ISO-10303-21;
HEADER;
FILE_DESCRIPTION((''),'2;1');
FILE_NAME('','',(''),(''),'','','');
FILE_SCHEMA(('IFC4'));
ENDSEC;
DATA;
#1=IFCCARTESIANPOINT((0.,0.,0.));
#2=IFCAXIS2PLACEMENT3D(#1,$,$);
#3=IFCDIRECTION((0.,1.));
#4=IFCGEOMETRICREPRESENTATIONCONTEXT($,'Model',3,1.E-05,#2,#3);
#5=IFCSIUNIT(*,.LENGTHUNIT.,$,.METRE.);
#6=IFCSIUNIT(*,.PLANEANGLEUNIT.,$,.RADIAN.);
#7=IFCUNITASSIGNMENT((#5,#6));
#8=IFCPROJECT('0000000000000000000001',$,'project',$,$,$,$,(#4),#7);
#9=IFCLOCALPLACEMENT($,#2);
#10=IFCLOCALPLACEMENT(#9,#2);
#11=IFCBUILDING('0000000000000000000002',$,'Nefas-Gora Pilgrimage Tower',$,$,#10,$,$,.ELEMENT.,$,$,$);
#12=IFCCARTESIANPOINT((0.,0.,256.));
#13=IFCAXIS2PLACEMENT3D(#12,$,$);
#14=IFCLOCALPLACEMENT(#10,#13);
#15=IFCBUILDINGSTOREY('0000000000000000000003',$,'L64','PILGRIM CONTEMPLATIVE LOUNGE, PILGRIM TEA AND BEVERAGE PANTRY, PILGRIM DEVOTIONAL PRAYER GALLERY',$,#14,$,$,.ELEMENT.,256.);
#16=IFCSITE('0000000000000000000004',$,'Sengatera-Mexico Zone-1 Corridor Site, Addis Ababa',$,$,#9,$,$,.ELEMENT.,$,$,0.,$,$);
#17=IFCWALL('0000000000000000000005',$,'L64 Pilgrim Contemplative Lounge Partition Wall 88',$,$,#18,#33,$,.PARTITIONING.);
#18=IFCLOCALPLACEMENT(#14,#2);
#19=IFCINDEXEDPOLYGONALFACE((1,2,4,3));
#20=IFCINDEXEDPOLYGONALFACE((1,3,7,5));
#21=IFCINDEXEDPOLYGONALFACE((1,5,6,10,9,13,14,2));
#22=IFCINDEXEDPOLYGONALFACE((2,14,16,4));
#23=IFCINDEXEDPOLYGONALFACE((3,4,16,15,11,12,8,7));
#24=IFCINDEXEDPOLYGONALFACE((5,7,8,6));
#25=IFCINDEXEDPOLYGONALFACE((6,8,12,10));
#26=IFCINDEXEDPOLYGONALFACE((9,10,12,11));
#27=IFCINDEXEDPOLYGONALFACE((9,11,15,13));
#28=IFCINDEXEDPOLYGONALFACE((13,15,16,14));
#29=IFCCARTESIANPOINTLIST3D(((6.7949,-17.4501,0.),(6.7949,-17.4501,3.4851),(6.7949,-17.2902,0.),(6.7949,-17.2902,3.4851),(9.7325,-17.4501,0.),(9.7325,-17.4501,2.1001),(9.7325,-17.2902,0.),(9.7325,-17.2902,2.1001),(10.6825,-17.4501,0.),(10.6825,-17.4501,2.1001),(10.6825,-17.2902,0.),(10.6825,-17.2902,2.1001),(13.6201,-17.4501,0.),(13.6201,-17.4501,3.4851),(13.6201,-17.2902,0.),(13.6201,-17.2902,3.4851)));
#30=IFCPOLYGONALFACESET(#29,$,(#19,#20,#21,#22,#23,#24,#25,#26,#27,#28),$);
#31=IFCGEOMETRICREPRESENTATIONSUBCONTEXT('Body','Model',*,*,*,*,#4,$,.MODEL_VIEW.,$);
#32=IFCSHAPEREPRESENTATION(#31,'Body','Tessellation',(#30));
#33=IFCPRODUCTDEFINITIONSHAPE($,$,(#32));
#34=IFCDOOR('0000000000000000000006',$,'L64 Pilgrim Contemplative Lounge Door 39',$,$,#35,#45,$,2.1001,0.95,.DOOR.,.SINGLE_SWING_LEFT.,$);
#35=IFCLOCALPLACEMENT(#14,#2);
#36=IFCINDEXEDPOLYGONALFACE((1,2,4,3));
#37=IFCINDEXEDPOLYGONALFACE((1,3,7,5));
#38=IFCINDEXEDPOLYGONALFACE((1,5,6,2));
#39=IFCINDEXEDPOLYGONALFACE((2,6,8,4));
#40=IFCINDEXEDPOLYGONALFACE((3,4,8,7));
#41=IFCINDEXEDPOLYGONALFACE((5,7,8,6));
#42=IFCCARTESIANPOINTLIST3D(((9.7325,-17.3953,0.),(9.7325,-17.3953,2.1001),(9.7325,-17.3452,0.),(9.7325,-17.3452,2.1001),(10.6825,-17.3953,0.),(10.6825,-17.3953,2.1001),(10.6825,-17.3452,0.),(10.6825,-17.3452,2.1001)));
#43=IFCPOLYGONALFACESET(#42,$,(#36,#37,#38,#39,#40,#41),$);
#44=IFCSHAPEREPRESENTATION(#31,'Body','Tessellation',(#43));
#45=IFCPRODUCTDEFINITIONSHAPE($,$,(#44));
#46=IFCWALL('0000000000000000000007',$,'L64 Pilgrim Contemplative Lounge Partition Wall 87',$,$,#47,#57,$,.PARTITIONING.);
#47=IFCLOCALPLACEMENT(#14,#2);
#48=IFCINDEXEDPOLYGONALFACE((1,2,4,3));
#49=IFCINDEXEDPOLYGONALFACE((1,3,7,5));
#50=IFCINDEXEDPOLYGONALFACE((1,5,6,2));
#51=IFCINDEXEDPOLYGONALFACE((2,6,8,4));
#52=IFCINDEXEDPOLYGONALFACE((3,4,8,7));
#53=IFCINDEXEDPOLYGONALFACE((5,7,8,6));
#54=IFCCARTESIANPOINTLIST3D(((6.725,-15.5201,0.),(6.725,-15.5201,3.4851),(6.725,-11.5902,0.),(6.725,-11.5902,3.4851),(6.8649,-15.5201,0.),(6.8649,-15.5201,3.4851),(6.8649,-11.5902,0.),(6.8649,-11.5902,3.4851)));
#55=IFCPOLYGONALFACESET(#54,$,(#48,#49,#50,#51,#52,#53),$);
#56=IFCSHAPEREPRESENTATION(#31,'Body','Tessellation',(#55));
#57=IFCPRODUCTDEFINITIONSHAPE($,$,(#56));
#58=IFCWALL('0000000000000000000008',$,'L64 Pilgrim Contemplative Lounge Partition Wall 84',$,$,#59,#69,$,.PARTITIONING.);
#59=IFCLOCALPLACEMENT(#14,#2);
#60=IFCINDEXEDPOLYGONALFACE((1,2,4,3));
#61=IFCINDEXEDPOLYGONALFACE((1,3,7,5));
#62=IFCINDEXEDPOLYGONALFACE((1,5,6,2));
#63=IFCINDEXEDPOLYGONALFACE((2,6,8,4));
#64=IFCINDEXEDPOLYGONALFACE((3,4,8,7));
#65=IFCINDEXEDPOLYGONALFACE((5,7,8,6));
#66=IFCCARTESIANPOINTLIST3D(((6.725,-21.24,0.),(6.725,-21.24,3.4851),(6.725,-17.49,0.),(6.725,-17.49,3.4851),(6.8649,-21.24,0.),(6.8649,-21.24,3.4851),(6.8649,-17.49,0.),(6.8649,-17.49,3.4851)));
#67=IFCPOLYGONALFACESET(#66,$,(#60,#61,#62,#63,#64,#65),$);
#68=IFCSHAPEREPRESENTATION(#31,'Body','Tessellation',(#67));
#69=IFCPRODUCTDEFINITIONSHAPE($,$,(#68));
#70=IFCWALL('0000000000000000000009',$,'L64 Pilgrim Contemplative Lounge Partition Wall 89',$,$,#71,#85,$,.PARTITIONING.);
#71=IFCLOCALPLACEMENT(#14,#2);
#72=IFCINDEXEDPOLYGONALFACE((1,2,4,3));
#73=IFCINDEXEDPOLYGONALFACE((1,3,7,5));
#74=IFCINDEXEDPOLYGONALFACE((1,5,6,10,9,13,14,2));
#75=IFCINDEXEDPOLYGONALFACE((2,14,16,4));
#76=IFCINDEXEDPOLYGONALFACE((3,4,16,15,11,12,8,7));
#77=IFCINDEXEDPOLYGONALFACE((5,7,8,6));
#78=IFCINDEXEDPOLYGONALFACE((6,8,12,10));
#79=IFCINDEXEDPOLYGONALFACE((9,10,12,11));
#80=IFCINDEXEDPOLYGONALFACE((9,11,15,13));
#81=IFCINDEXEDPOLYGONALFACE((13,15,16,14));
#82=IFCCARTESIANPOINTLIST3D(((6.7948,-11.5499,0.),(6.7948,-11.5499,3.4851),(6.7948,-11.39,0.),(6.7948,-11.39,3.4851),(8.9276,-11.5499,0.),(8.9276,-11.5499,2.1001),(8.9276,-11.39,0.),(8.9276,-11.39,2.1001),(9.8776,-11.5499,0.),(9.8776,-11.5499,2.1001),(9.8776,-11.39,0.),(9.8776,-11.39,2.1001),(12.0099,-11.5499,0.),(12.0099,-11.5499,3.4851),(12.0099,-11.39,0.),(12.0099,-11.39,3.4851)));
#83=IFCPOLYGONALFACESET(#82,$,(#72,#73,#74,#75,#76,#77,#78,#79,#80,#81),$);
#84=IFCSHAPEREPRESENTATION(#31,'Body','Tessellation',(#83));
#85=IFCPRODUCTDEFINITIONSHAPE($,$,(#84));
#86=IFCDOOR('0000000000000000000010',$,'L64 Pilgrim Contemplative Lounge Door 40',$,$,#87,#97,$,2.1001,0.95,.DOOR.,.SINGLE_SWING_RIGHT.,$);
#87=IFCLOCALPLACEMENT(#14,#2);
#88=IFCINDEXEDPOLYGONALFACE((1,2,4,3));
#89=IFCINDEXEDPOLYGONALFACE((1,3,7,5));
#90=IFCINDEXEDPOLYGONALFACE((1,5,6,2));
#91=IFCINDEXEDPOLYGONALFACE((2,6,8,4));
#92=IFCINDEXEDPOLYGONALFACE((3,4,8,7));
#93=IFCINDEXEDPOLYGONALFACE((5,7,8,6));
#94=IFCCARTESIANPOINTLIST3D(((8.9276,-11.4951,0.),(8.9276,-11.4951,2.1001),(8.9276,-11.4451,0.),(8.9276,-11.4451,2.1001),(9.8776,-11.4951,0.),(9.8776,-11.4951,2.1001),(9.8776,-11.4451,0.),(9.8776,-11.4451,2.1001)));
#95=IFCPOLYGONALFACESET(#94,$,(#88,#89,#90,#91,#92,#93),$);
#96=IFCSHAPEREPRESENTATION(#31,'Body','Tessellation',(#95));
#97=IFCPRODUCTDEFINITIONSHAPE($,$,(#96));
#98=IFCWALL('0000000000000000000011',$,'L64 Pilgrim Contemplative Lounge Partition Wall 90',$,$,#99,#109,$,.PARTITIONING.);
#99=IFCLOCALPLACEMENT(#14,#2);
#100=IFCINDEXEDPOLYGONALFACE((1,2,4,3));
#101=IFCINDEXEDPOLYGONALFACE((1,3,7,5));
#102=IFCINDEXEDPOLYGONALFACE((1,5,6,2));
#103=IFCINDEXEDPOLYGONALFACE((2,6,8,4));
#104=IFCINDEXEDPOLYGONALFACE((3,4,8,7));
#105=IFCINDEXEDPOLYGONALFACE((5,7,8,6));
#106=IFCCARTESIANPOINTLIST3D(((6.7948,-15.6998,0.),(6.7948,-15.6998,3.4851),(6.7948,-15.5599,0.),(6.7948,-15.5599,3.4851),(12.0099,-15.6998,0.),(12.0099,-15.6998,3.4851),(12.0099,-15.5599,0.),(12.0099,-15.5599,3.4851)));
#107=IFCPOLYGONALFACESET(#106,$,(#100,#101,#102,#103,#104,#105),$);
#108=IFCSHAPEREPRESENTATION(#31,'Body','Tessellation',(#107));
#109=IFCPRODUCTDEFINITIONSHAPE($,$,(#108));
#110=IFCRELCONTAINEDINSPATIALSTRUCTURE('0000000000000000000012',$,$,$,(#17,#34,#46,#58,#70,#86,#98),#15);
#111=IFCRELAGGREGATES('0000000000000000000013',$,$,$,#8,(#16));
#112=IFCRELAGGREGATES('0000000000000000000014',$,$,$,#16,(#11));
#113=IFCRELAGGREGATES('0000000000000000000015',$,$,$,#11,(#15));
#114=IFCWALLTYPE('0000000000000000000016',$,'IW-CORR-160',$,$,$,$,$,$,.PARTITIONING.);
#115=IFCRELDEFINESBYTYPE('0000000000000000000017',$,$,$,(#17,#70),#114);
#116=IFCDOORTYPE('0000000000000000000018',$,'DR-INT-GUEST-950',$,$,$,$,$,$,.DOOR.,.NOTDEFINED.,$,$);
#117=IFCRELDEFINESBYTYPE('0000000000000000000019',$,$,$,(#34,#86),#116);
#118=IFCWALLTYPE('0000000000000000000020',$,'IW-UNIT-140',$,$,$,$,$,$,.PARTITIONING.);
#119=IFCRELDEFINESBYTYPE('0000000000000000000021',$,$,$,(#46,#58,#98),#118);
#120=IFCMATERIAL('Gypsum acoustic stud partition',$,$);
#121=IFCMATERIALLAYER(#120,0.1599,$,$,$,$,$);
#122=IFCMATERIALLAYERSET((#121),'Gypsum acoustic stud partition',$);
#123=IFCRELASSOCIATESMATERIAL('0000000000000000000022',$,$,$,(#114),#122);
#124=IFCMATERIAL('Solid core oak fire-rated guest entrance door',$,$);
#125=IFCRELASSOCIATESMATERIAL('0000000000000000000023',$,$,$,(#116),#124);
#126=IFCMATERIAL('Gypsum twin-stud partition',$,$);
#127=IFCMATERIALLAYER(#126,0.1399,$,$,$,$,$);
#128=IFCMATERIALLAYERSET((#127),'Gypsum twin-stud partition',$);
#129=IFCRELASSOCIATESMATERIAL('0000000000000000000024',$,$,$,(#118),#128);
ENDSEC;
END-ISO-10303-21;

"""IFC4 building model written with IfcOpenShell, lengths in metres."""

from ifc_helpers import new_model, si_unit, direction, frame, frame_2d, origin, place, context, subcontext, project, spatial, rectangle, extrude, source, transform, mapped, material, layer, layer_set, type_object, element, fill, save


model = new_model("IFC4")

# Units and contexts
model_context = context("Model", 3, precision=1e-05, world=origin(), true_north=direction((0.0, 1.0)))
body_context = subcontext(model_context, "Body", "Model", "MODEL_VIEW")
ifc_project = project(units=[si_unit("LENGTHUNIT", "METRE"), si_unit("PLANEANGLEUNIT", "RADIAN")], contexts=[model_context])

# Site, building, storey
site_placement = place(None, origin())
site = spatial("IfcSite", under=ifc_project, at=site_placement, Name="Sengatera-Mexico Zone-1 Corridor Site, Addis Ababa", CompositionType="ELEMENT", RefElevation=0.0)
building_placement = place(site_placement, origin())
building = spatial("IfcBuilding", under=site, at=building_placement, Name="Nefas-Gora Pilgrimage Tower", CompositionType="ELEMENT")
storey_placement = place(building_placement, frame((0.0, 0.0, 256.0)))
storey = spatial("IfcBuildingStorey", under=building, at=storey_placement, Name="L64", Description="PILGRIM CONTEMPLATIVE LOUNGE, PILGRIM TEA AND BEVERAGE PANTRY, PILGRIM DEVOTIONAL PRAYER GALLERY", CompositionType="ELEMENT", Elevation=256.0)

# Wall, opening, door
ifc_material_1 = material(Name="Gypsum acoustic stud partition")
ifc_layer_1 = layer(ifc_material_1, 0.1599)
ifc_layer_set_1 = layer_set([ifc_layer_1], Name="Gypsum acoustic stud partition")
wall_type_1 = type_object("IfcWallType", Name="IW-CORR-160", PredefinedType="PARTITIONING", material=ifc_layer_set_1)
shared_shape_1 = source(origin(), body_context, "Body", "SweptSolid", [
    extrude(rectangle(XDim=6.8252, YDim=0.1599, at=frame_2d((3.4126, 0.0))), origin(), (0.0, 0.0, 1.0), 3.4851),
])
wall_1_placement = place(storey_placement, frame((6.7949, -17.3701, 0.0), z_axis=(0.0, 0.0, 1.0), x_axis=(1.0, 0.0, 0.0)))
wall_1 = element("IfcWall", 1, at=wall_1_placement, inside=storey, type_object=wall_type_1, Name="L64 Pilgrim Contemplative Lounge Partition Wall 88", PredefinedType="PARTITIONING", context=body_context, shape_type="MappedRepresentation", body=[
    mapped(shared_shape_1, transform((0.0, 0.0, 0.0), x_axis=(1.0, 0.0, 0.0), y_axis=(0.0, 1.0, 0.0), z_axis=(0.0, 0.0, 1.0), scale=1.0)),
])
opening_1_placement = place(wall_1_placement, frame((2.9375, 0.0, 0.0)))
opening_1 = element("IfcOpeningElement", 2, at=opening_1_placement, cuts=wall_1, PredefinedType="OPENING", context=body_context, shape_type="SweptSolid", body=[
    extrude(rectangle(XDim=0.95, YDim=2.1001, at=frame_2d((0.4751, 1.05))), frame((0.0, 0.0898, 0.0), z_axis=(0.0, -1.0, 0.0), x_axis=(1.0, 0.0, 0.0)), (0.0, 0.0, 1.0), 0.1799),
])
ifc_material_2 = material(Name="Solid core oak fire-rated guest entrance door")
door_type = type_object("IfcDoorType", Name="DR-INT-GUEST-950", OperationType="NOTDEFINED", PredefinedType="DOOR", material=ifc_material_2)
shared_shape_2 = source(origin(), body_context, "Body", "SweptSolid", [
    extrude(rectangle(XDim=0.95, YDim=2.1001, at=frame_2d((0.4751, 1.05))), frame((0.0, 0.0249, 0.0), z_axis=(0.0, -1.0, 0.0), x_axis=(1.0, 0.0, 0.0)), (0.0, 0.0, 1.0), 0.05),
])
door_1_placement = place(opening_1_placement, origin())
door_1 = element("IfcDoor", 3, at=door_1_placement, inside=storey, type_object=door_type, Name="L64 Pilgrim Contemplative Lounge Door 39", OperationType="SINGLE_SWING_LEFT", OverallHeight=2.1001, OverallWidth=0.95, PredefinedType="DOOR", context=body_context, shape_type="MappedRepresentation", body=[
    mapped(shared_shape_2, transform((0.0, 0.0, 0.0), x_axis=(1.0, 0.0, 0.0), y_axis=(0.0, 1.0, 0.0), z_axis=(0.0, 0.0, 1.0), scale=1.0)),
])
fill(opening_1, door_1)

# Walls
ifc_material_3 = material(Name="Gypsum twin-stud partition")
ifc_layer_2 = layer(ifc_material_3, 0.1399)
ifc_layer_set_2 = layer_set([ifc_layer_2], Name="Gypsum twin-stud partition")
wall_type_2 = type_object("IfcWallType", Name="IW-UNIT-140", PredefinedType="PARTITIONING", material=ifc_layer_set_2)
shared_shape_3 = source(origin(), body_context, "Body", "SweptSolid", [
    extrude(rectangle(XDim=3.9299, YDim=0.1399, at=frame_2d((1.9648, 0.0))), origin(), (0.0, 0.0, 1.0), 3.4851),
])
wall_2_placement = place(storey_placement, frame((6.7949, -15.52, 0.0), z_axis=(0.0, 0.0, 1.0), x_axis=(0.0, 1.0, 0.0)))
element("IfcWall", 4, at=wall_2_placement, inside=storey, type_object=wall_type_2, Name="L64 Pilgrim Contemplative Lounge Partition Wall 87", PredefinedType="PARTITIONING", context=body_context, shape_type="MappedRepresentation", body=[
    mapped(shared_shape_3, transform((0.0, 0.0, 0.0), x_axis=(1.0, 0.0, 0.0), y_axis=(0.0, 1.0, 0.0), z_axis=(0.0, 0.0, 1.0), scale=1.0)),
])
shared_shape_4 = source(origin(), body_context, "Body", "SweptSolid", [
    extrude(rectangle(XDim=3.75, YDim=0.1399, at=frame_2d((1.875, 0.0))), origin(), (0.0, 0.0, 1.0), 3.4851),
])
wall_3_placement = place(storey_placement, frame((6.7949, -21.24, 0.0), z_axis=(0.0, 0.0, 1.0), x_axis=(0.0, 1.0, 0.0)))
element("IfcWall", 5, at=wall_3_placement, inside=storey, type_object=wall_type_2, Name="L64 Pilgrim Contemplative Lounge Partition Wall 84", PredefinedType="PARTITIONING", context=body_context, shape_type="MappedRepresentation", body=[
    mapped(shared_shape_4, transform((0.0, 0.0, 0.0), x_axis=(1.0, 0.0, 0.0), y_axis=(0.0, 1.0, 0.0), z_axis=(0.0, 0.0, 1.0), scale=1.0)),
])

# Wall, opening, door
shared_shape_5 = source(origin(), body_context, "Body", "SweptSolid", [
    extrude(rectangle(XDim=5.2151, YDim=0.1599, at=frame_2d((2.6074, 0.0))), origin(), (0.0, 0.0, 1.0), 3.4851),
])
wall_4_placement = place(storey_placement, frame((6.7949, -11.47, 0.0), z_axis=(0.0, 0.0, 1.0), x_axis=(1.0, 0.0, 0.0)))
wall_4 = element("IfcWall", 6, at=wall_4_placement, inside=storey, type_object=wall_type_1, Name="L64 Pilgrim Contemplative Lounge Partition Wall 89", PredefinedType="PARTITIONING", context=body_context, shape_type="MappedRepresentation", body=[
    mapped(shared_shape_5, transform((0.0, 0.0, 0.0), x_axis=(1.0, 0.0, 0.0), y_axis=(0.0, 1.0, 0.0), z_axis=(0.0, 0.0, 1.0), scale=1.0)),
])
opening_2_placement = place(wall_4_placement, frame((2.1326, 0.0, 0.0)))
opening_2 = element("IfcOpeningElement", 7, at=opening_2_placement, cuts=wall_4, PredefinedType="OPENING", context=body_context, shape_type="SweptSolid", body=[
    extrude(rectangle(XDim=0.95, YDim=2.1001, at=frame_2d((0.4751, 1.05))), frame((0.0, 0.0898, 0.0), z_axis=(0.0, -1.0, 0.0), x_axis=(1.0, 0.0, 0.0)), (0.0, 0.0, 1.0), 0.1799),
])
door_2_placement = place(opening_2_placement, origin())
door_2 = element("IfcDoor", 8, at=door_2_placement, inside=storey, type_object=door_type, Name="L64 Pilgrim Contemplative Lounge Door 40", OperationType="SINGLE_SWING_RIGHT", OverallHeight=2.1001, OverallWidth=0.95, PredefinedType="DOOR", context=body_context, shape_type="MappedRepresentation", body=[
    mapped(shared_shape_2, transform((0.0, 0.0, 0.0), x_axis=(1.0, 0.0, 0.0), y_axis=(0.0, 1.0, 0.0), z_axis=(0.0, 0.0, 1.0), scale=1.0)),
])
fill(opening_2, door_2)

# Wall
shared_shape_6 = source(origin(), body_context, "Body", "SweptSolid", [
    extrude(rectangle(XDim=5.2151, YDim=0.1399, at=frame_2d((2.6074, 0.0))), origin(), (0.0, 0.0, 1.0), 3.4851),
])
wall_5_placement = place(storey_placement, frame((6.7949, -15.6299, 0.0), z_axis=(0.0, 0.0, 1.0), x_axis=(1.0, 0.0, 0.0)))
element("IfcWall", 9, at=wall_5_placement, inside=storey, type_object=wall_type_2, Name="L64 Pilgrim Contemplative Lounge Partition Wall 90", PredefinedType="PARTITIONING", context=body_context, shape_type="MappedRepresentation", body=[
    mapped(shared_shape_6, transform((0.0, 0.0, 0.0), x_axis=(1.0, 0.0, 0.0), y_axis=(0.0, 1.0, 0.0), z_axis=(0.0, 0.0, 1.0), scale=1.0)),
])

save(model, "model.ifc")
